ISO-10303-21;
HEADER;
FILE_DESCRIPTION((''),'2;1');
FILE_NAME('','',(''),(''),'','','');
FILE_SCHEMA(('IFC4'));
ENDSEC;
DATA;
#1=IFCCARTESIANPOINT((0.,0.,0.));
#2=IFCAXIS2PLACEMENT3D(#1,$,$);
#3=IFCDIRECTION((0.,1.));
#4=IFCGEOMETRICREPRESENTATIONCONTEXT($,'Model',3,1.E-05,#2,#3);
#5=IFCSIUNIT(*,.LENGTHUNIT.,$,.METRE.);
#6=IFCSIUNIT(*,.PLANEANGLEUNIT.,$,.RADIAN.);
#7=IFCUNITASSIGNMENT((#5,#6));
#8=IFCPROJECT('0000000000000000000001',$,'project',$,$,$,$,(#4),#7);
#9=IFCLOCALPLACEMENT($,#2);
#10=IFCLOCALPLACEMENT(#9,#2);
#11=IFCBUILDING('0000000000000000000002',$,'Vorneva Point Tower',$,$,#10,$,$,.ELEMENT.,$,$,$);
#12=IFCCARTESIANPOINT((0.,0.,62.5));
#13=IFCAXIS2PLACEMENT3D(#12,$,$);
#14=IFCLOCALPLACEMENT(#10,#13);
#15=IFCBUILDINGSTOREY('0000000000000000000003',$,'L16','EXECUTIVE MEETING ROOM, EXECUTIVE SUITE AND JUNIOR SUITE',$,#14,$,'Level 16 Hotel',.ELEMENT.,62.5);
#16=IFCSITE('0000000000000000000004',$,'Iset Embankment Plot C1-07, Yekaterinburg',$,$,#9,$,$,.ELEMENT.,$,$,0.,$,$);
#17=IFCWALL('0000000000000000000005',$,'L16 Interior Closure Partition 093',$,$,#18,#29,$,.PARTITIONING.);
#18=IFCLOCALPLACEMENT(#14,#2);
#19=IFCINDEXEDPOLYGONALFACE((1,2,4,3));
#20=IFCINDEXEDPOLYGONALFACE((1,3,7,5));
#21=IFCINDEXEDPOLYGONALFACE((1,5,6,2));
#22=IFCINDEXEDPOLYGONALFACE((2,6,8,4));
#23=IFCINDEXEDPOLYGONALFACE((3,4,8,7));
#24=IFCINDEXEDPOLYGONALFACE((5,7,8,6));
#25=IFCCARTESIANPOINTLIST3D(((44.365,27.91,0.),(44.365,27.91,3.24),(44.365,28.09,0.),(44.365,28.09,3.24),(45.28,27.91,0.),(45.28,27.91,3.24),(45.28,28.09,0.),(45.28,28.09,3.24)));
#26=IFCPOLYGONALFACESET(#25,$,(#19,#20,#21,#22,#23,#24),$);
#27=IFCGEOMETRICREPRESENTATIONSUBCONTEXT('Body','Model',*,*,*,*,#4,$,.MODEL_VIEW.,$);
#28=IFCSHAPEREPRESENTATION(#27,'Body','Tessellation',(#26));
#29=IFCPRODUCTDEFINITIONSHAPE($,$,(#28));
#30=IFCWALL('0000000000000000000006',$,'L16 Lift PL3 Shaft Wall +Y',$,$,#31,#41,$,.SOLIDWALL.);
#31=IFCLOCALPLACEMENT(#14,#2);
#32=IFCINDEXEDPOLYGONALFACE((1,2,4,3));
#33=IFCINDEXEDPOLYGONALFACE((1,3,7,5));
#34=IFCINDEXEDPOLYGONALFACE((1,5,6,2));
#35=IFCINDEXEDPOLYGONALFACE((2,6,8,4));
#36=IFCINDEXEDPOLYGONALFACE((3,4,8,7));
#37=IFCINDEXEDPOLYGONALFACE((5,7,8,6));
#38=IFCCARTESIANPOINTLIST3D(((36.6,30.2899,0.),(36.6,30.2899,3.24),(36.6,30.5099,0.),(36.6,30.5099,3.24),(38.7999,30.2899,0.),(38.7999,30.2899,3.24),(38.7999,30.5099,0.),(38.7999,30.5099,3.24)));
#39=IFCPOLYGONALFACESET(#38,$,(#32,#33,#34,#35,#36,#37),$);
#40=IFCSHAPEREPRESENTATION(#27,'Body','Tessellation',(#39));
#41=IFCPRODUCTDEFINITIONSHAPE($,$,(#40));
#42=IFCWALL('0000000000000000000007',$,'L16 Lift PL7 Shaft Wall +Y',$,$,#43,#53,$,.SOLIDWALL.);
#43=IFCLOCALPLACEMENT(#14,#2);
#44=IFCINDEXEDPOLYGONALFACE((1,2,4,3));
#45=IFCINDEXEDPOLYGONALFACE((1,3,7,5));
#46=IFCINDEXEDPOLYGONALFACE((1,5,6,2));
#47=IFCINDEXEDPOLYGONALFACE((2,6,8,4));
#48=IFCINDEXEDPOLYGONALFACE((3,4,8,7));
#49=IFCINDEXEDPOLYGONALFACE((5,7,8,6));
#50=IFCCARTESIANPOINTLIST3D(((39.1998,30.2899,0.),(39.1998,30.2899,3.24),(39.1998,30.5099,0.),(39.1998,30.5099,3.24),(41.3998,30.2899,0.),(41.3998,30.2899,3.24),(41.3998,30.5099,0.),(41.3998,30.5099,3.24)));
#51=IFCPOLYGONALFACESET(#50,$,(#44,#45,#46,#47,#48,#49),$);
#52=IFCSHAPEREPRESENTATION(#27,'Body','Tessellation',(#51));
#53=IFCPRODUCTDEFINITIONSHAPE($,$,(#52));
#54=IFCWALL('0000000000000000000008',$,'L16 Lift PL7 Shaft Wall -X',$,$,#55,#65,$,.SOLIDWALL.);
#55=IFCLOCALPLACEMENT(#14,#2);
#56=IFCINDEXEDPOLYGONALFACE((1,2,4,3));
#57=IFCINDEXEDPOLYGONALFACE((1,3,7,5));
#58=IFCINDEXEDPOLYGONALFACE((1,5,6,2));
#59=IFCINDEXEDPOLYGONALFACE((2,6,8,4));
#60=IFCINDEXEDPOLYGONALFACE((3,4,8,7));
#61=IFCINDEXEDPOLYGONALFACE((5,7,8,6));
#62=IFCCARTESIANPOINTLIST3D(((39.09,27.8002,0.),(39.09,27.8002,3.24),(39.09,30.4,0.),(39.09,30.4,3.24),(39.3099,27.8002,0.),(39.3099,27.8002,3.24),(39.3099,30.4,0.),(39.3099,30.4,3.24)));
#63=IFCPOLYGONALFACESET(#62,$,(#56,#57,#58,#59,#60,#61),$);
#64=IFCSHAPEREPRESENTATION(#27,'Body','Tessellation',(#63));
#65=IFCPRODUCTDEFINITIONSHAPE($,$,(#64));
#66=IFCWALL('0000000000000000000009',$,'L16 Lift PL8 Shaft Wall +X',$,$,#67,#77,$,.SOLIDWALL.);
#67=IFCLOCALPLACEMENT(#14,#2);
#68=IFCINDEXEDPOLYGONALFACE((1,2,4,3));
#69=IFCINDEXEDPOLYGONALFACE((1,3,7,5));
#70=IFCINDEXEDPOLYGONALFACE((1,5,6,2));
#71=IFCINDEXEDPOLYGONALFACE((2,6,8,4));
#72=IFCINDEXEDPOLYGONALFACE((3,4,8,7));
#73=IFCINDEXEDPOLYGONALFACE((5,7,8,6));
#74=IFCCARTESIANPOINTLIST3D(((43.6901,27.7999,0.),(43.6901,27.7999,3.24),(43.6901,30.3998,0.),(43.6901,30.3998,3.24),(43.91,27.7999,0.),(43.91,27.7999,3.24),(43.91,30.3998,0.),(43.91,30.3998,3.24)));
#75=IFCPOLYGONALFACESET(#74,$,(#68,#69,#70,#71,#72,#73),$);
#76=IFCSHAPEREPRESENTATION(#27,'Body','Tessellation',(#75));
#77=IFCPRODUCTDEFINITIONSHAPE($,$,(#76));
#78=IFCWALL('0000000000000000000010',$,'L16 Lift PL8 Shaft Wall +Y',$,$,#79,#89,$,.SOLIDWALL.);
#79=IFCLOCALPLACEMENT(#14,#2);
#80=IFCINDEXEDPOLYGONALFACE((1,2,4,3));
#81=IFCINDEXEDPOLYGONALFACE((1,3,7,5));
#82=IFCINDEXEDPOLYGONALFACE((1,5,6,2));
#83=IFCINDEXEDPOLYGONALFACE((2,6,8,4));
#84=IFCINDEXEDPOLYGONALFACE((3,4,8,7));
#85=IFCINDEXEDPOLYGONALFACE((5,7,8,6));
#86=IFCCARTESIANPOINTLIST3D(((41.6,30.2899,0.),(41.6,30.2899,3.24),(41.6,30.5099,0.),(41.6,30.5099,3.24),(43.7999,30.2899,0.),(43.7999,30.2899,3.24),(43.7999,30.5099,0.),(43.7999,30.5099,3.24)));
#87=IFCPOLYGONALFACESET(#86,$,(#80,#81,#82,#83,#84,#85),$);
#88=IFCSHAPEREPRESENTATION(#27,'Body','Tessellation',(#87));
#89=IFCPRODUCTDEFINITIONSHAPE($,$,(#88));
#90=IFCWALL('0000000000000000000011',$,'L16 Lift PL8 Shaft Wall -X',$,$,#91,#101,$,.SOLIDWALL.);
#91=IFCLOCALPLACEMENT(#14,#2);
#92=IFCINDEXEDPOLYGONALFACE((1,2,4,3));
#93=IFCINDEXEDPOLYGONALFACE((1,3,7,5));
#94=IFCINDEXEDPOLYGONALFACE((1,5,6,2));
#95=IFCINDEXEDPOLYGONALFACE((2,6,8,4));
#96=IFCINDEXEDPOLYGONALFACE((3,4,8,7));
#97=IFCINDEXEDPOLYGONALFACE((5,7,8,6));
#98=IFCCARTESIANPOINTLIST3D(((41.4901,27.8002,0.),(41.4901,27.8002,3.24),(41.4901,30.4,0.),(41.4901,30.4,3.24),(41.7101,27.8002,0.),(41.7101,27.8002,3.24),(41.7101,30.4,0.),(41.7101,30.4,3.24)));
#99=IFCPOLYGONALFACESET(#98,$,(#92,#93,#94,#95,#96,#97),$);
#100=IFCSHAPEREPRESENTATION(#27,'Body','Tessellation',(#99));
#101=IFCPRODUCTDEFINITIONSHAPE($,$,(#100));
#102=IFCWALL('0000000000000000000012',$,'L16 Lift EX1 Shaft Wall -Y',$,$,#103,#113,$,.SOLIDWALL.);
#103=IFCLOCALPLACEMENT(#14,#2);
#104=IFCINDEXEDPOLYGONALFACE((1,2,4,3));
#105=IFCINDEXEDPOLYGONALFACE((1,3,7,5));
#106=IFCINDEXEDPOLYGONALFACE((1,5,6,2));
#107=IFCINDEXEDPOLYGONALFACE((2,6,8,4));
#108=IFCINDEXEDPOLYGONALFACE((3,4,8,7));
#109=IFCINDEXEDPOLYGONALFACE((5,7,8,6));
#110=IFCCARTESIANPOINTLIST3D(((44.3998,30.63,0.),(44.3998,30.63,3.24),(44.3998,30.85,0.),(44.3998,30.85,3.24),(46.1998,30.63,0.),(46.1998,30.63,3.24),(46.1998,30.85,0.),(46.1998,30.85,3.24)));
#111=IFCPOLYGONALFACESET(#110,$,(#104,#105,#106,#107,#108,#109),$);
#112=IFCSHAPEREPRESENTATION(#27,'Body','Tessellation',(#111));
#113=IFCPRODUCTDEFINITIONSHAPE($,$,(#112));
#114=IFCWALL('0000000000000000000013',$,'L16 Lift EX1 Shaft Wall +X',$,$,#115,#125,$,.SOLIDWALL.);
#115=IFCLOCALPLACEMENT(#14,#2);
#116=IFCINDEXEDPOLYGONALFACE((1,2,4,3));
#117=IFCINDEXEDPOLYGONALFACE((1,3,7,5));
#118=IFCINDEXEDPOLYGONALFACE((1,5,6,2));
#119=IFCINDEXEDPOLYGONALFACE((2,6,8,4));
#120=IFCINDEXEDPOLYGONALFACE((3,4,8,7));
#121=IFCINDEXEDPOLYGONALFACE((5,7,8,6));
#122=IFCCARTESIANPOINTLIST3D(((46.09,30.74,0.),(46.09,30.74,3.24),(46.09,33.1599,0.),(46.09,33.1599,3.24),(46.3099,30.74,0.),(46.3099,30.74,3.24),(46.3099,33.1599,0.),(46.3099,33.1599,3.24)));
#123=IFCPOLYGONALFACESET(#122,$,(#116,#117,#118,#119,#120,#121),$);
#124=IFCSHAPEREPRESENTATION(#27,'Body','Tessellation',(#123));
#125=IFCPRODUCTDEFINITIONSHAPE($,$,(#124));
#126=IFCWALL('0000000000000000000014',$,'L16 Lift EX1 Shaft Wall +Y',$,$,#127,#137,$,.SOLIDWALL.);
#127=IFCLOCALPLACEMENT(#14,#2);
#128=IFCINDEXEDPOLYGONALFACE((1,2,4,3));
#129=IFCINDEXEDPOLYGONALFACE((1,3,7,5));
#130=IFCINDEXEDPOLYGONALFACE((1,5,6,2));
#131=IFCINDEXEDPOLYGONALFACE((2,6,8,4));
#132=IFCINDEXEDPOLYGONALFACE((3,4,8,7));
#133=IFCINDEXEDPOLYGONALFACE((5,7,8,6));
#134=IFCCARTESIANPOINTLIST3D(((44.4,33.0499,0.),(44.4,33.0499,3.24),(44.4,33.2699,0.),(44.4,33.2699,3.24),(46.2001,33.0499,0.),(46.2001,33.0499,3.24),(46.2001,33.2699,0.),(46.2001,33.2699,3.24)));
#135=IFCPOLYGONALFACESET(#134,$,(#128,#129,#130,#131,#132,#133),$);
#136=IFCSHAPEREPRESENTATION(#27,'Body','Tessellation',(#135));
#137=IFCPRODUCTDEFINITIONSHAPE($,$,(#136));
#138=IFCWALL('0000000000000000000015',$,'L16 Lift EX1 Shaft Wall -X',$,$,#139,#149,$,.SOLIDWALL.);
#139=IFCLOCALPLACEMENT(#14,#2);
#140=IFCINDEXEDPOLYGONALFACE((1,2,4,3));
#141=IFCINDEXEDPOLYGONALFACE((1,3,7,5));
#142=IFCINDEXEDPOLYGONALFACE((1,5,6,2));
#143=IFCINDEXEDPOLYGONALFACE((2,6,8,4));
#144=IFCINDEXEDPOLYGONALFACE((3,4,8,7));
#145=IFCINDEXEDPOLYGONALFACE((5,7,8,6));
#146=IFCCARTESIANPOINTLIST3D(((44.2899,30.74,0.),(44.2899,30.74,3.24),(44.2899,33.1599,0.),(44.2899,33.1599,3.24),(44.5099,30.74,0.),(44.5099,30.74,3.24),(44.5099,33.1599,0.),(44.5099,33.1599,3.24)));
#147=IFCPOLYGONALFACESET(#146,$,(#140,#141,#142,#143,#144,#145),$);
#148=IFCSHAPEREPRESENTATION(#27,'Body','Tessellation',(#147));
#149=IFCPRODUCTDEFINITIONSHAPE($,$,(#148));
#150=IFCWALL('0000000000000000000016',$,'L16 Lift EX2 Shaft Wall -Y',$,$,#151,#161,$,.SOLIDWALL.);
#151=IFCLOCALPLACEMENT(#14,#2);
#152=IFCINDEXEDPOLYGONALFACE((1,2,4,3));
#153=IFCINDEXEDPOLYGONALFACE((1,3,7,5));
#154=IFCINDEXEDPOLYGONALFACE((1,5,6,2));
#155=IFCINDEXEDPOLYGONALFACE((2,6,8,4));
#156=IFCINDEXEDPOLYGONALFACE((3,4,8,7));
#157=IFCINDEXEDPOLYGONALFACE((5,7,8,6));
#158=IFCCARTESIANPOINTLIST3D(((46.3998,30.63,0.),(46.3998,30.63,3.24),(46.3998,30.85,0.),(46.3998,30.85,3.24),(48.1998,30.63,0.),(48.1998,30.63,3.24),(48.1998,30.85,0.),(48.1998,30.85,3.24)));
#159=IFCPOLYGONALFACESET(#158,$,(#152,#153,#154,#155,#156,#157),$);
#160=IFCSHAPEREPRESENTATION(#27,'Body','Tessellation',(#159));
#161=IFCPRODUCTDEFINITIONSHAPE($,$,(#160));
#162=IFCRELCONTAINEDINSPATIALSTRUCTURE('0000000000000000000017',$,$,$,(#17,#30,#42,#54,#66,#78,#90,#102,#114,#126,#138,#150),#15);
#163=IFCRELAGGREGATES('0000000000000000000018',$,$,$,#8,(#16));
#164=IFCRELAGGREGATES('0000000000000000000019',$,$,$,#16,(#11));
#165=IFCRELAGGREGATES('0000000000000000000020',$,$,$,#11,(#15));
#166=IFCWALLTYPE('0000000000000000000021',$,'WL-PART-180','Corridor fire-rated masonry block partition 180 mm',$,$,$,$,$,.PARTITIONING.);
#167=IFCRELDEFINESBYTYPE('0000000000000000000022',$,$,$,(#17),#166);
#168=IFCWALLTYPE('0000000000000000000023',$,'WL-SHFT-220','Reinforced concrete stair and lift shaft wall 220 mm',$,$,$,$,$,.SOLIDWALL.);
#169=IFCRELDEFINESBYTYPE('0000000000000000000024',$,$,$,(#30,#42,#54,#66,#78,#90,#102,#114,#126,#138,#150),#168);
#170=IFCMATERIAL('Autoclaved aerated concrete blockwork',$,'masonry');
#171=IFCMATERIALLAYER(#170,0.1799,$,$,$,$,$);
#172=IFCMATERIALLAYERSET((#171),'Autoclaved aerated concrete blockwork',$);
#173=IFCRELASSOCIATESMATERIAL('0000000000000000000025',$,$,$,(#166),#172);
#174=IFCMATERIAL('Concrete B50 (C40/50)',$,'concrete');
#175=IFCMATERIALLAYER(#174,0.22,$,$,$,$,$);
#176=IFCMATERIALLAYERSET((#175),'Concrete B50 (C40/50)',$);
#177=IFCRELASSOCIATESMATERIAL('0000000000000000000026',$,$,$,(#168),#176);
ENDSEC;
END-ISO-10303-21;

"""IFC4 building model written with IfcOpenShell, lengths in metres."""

from ifc_helpers import new_model, si_unit, direction, frame, frame_2d, origin, place, context, subcontext, project, spatial, rectangle, extrude, material, layer, layer_set, type_object, element, save


model = new_model("IFC4")

# Units and contexts
model_context = context("Model", 3, precision=1e-05, world=origin(), true_north=direction((0.0, 1.0)))
body_context = subcontext(model_context, "Body", "Model", "MODEL_VIEW")
ifc_project = project(units=[si_unit("LENGTHUNIT", "METRE"), si_unit("PLANEANGLEUNIT", "RADIAN")], contexts=[model_context])

# Site, building, storey
site_placement = place(None, origin())
site = spatial("IfcSite", under=ifc_project, at=site_placement, Name="Iset Embankment Plot C1-07, Yekaterinburg", CompositionType="ELEMENT", RefElevation=0.0)
building_placement = place(site_placement, origin())
building = spatial("IfcBuilding", under=site, at=building_placement, Name="Vorneva Point Tower", CompositionType="ELEMENT")
storey_placement = place(building_placement, frame((0.0, 0.0, 62.5)))
storey = spatial("IfcBuildingStorey", under=building, at=storey_placement, Name="L16", Description="EXECUTIVE MEETING ROOM, EXECUTIVE SUITE AND JUNIOR SUITE", LongName="Level 16 Hotel", CompositionType="ELEMENT", Elevation=62.5)

# Shared definitions
ifc_material_1 = material(Name="Autoclaved aerated concrete blockwork", Category="masonry")
ifc_layer_1 = layer(ifc_material_1, 0.1799)
ifc_layer_set_1 = layer_set([ifc_layer_1], Name="Autoclaved aerated concrete blockwork")
wall_type_1 = type_object("IfcWallType", Name="WL-PART-180", Description="Corridor fire-rated masonry block partition 180 mm", PredefinedType="PARTITIONING", material=ifc_layer_set_1)

# Walls
wall_1_placement = place(storey_placement, frame((45.28, 28.0, 0.0), z_axis=(0.0, 0.0, 1.0), x_axis=(-1.0, 0.0, 0.0)))
element("IfcWall", 1, at=wall_1_placement, inside=storey, type_object=wall_type_1, Name="L16 Interior Closure Partition 093", PredefinedType="PARTITIONING", context=body_context, shape_type="SweptSolid", body=[
    extrude(rectangle(XDim=0.915, YDim=0.1799, at=frame_2d((0.4575, 0.0))), origin(), (0.0, 0.0, 1.0), 3.24),
])
ifc_material_2 = material(Name="Concrete B50 (C40/50)", Category="concrete")
ifc_layer_2 = layer(ifc_material_2, 0.22)
ifc_layer_set_2 = layer_set([ifc_layer_2], Name="Concrete B50 (C40/50)")
wall_type_2 = type_object("IfcWallType", Name="WL-SHFT-220", Description="Reinforced concrete stair and lift shaft wall 220 mm", PredefinedType="SOLIDWALL", material=ifc_layer_set_2)
for number, where, z_axis, x_axis, name in (
    (2, (38.8, 30.3999, 0.0), (0.0, 0.0, 1.0), (-1.0, 0.0, 0.0), "L16 Lift PL3 Shaft Wall +Y"),
    (3, (41.3999, 30.3999, 0.0), (0.0, 0.0, 1.0), (-1.0, 0.0, 0.0), "L16 Lift PL7 Shaft Wall +Y"),
):
    element("IfcWall", number, at=place(storey_placement, frame(where, z_axis=z_axis, x_axis=x_axis)), inside=storey, type_object=wall_type_2, Name=name, PredefinedType="SOLIDWALL", context=body_context, shape_type="SweptSolid", body=[
        extrude(rectangle(XDim=2.2, YDim=0.22, at=frame_2d((1.1001, 0.0))), origin(), (0.0, 0.0, 1.0), 3.24),
    ])
for number, where, z_axis, x_axis, name in (
    (4, (39.2, 30.3999, 0.0), (0.0, 0.0, 1.0), (0.0, -1.0, 0.0), "L16 Lift PL7 Shaft Wall -X"),
    (5, (43.8, 27.8, 0.0), (0.0, 0.0, 1.0), (0.0, 1.0, 0.0), "L16 Lift PL8 Shaft Wall +X"),
):
    element("IfcWall", number, at=place(storey_placement, frame(where, z_axis=z_axis, x_axis=x_axis)), inside=storey, type_object=wall_type_2, Name=name, PredefinedType="SOLIDWALL", context=body_context, shape_type="SweptSolid", body=[
        extrude(rectangle(XDim=2.5999, YDim=0.22, at=frame_2d((1.2998, 0.0))), origin(), (0.0, 0.0, 1.0), 3.24),
    ])
wall_2_placement = place(storey_placement, frame((43.8, 30.3999, 0.0), z_axis=(0.0, 0.0, 1.0), x_axis=(-1.0, 0.0, 0.0)))
element("IfcWall", 6, at=wall_2_placement, inside=storey, type_object=wall_type_2, Name="L16 Lift PL8 Shaft Wall +Y", PredefinedType="SOLIDWALL", context=body_context, shape_type="SweptSolid", body=[
    extrude(rectangle(XDim=2.2, YDim=0.22, at=frame_2d((1.1001, 0.0))), origin(), (0.0, 0.0, 1.0), 3.24),
])
wall_3_placement = place(storey_placement, frame((41.6001, 30.3999, 0.0), z_axis=(0.0, 0.0, 1.0), x_axis=(0.0, -1.0, 0.0)))
element("IfcWall", 7, at=wall_3_placement, inside=storey, type_object=wall_type_2, Name="L16 Lift PL8 Shaft Wall -X", PredefinedType="SOLIDWALL", context=body_context, shape_type="SweptSolid", body=[
    extrude(rectangle(XDim=2.5999, YDim=0.22, at=frame_2d((1.2998, 0.0))), origin(), (0.0, 0.0, 1.0), 3.24),
])
wall_4_placement = place(storey_placement, frame((44.3999, 30.74, 0.0), z_axis=(0.0, 0.0, 1.0), x_axis=(1.0, 0.0, 0.0)))
element("IfcWall", 8, at=wall_4_placement, inside=storey, type_object=wall_type_2, Name="L16 Lift EX1 Shaft Wall -Y", PredefinedType="SOLIDWALL", context=body_context, shape_type="SweptSolid", body=[
    extrude(rectangle(XDim=1.8, YDim=0.22, at=frame_2d((0.8999, 0.0))), origin(), (0.0, 0.0, 1.0), 3.24),
])
wall_5_placement = place(storey_placement, frame((46.2, 30.74, 0.0), z_axis=(0.0, 0.0, 1.0), x_axis=(0.0, 1.0, 0.0)))
element("IfcWall", 9, at=wall_5_placement, inside=storey, type_object=wall_type_2, Name="L16 Lift EX1 Shaft Wall +X", PredefinedType="SOLIDWALL", context=body_context, shape_type="SweptSolid", body=[
    extrude(rectangle(XDim=2.4199, YDim=0.22, at=frame_2d((1.21, 0.0))), origin(), (0.0, 0.0, 1.0), 3.24),
])
wall_6_placement = place(storey_placement, frame((46.2, 33.1599, 0.0), z_axis=(0.0, 0.0, 1.0), x_axis=(-1.0, 0.0, 0.0)))
element("IfcWall", 10, at=wall_6_placement, inside=storey, type_object=wall_type_2, Name="L16 Lift EX1 Shaft Wall +Y", PredefinedType="SOLIDWALL", context=body_context, shape_type="SweptSolid", body=[
    extrude(rectangle(XDim=1.8, YDim=0.22, at=frame_2d((0.8999, 0.0))), origin(), (0.0, 0.0, 1.0), 3.24),
])
wall_7_placement = place(storey_placement, frame((44.3999, 33.1599, 0.0), z_axis=(0.0, 0.0, 1.0), x_axis=(0.0, -1.0, 0.0)))
element("IfcWall", 11, at=wall_7_placement, inside=storey, type_object=wall_type_2, Name="L16 Lift EX1 Shaft Wall -X", PredefinedType="SOLIDWALL", context=body_context, shape_type="SweptSolid", body=[
    extrude(rectangle(XDim=2.4199, YDim=0.22, at=frame_2d((1.21, 0.0))), origin(), (0.0, 0.0, 1.0), 3.24),
])
wall_8_placement = place(storey_placement, frame((46.3999, 30.74, 0.0), z_axis=(0.0, 0.0, 1.0), x_axis=(1.0, 0.0, 0.0)))
element("IfcWall", 12, at=wall_8_placement, inside=storey, type_object=wall_type_2, Name="L16 Lift EX2 Shaft Wall -Y", PredefinedType="SOLIDWALL", context=body_context, shape_type="SweptSolid", body=[
    extrude(rectangle(XDim=1.8, YDim=0.22, at=frame_2d((0.8999, 0.0))), origin(), (0.0, 0.0, 1.0), 3.24),
])

save(model, "model.ifc")
